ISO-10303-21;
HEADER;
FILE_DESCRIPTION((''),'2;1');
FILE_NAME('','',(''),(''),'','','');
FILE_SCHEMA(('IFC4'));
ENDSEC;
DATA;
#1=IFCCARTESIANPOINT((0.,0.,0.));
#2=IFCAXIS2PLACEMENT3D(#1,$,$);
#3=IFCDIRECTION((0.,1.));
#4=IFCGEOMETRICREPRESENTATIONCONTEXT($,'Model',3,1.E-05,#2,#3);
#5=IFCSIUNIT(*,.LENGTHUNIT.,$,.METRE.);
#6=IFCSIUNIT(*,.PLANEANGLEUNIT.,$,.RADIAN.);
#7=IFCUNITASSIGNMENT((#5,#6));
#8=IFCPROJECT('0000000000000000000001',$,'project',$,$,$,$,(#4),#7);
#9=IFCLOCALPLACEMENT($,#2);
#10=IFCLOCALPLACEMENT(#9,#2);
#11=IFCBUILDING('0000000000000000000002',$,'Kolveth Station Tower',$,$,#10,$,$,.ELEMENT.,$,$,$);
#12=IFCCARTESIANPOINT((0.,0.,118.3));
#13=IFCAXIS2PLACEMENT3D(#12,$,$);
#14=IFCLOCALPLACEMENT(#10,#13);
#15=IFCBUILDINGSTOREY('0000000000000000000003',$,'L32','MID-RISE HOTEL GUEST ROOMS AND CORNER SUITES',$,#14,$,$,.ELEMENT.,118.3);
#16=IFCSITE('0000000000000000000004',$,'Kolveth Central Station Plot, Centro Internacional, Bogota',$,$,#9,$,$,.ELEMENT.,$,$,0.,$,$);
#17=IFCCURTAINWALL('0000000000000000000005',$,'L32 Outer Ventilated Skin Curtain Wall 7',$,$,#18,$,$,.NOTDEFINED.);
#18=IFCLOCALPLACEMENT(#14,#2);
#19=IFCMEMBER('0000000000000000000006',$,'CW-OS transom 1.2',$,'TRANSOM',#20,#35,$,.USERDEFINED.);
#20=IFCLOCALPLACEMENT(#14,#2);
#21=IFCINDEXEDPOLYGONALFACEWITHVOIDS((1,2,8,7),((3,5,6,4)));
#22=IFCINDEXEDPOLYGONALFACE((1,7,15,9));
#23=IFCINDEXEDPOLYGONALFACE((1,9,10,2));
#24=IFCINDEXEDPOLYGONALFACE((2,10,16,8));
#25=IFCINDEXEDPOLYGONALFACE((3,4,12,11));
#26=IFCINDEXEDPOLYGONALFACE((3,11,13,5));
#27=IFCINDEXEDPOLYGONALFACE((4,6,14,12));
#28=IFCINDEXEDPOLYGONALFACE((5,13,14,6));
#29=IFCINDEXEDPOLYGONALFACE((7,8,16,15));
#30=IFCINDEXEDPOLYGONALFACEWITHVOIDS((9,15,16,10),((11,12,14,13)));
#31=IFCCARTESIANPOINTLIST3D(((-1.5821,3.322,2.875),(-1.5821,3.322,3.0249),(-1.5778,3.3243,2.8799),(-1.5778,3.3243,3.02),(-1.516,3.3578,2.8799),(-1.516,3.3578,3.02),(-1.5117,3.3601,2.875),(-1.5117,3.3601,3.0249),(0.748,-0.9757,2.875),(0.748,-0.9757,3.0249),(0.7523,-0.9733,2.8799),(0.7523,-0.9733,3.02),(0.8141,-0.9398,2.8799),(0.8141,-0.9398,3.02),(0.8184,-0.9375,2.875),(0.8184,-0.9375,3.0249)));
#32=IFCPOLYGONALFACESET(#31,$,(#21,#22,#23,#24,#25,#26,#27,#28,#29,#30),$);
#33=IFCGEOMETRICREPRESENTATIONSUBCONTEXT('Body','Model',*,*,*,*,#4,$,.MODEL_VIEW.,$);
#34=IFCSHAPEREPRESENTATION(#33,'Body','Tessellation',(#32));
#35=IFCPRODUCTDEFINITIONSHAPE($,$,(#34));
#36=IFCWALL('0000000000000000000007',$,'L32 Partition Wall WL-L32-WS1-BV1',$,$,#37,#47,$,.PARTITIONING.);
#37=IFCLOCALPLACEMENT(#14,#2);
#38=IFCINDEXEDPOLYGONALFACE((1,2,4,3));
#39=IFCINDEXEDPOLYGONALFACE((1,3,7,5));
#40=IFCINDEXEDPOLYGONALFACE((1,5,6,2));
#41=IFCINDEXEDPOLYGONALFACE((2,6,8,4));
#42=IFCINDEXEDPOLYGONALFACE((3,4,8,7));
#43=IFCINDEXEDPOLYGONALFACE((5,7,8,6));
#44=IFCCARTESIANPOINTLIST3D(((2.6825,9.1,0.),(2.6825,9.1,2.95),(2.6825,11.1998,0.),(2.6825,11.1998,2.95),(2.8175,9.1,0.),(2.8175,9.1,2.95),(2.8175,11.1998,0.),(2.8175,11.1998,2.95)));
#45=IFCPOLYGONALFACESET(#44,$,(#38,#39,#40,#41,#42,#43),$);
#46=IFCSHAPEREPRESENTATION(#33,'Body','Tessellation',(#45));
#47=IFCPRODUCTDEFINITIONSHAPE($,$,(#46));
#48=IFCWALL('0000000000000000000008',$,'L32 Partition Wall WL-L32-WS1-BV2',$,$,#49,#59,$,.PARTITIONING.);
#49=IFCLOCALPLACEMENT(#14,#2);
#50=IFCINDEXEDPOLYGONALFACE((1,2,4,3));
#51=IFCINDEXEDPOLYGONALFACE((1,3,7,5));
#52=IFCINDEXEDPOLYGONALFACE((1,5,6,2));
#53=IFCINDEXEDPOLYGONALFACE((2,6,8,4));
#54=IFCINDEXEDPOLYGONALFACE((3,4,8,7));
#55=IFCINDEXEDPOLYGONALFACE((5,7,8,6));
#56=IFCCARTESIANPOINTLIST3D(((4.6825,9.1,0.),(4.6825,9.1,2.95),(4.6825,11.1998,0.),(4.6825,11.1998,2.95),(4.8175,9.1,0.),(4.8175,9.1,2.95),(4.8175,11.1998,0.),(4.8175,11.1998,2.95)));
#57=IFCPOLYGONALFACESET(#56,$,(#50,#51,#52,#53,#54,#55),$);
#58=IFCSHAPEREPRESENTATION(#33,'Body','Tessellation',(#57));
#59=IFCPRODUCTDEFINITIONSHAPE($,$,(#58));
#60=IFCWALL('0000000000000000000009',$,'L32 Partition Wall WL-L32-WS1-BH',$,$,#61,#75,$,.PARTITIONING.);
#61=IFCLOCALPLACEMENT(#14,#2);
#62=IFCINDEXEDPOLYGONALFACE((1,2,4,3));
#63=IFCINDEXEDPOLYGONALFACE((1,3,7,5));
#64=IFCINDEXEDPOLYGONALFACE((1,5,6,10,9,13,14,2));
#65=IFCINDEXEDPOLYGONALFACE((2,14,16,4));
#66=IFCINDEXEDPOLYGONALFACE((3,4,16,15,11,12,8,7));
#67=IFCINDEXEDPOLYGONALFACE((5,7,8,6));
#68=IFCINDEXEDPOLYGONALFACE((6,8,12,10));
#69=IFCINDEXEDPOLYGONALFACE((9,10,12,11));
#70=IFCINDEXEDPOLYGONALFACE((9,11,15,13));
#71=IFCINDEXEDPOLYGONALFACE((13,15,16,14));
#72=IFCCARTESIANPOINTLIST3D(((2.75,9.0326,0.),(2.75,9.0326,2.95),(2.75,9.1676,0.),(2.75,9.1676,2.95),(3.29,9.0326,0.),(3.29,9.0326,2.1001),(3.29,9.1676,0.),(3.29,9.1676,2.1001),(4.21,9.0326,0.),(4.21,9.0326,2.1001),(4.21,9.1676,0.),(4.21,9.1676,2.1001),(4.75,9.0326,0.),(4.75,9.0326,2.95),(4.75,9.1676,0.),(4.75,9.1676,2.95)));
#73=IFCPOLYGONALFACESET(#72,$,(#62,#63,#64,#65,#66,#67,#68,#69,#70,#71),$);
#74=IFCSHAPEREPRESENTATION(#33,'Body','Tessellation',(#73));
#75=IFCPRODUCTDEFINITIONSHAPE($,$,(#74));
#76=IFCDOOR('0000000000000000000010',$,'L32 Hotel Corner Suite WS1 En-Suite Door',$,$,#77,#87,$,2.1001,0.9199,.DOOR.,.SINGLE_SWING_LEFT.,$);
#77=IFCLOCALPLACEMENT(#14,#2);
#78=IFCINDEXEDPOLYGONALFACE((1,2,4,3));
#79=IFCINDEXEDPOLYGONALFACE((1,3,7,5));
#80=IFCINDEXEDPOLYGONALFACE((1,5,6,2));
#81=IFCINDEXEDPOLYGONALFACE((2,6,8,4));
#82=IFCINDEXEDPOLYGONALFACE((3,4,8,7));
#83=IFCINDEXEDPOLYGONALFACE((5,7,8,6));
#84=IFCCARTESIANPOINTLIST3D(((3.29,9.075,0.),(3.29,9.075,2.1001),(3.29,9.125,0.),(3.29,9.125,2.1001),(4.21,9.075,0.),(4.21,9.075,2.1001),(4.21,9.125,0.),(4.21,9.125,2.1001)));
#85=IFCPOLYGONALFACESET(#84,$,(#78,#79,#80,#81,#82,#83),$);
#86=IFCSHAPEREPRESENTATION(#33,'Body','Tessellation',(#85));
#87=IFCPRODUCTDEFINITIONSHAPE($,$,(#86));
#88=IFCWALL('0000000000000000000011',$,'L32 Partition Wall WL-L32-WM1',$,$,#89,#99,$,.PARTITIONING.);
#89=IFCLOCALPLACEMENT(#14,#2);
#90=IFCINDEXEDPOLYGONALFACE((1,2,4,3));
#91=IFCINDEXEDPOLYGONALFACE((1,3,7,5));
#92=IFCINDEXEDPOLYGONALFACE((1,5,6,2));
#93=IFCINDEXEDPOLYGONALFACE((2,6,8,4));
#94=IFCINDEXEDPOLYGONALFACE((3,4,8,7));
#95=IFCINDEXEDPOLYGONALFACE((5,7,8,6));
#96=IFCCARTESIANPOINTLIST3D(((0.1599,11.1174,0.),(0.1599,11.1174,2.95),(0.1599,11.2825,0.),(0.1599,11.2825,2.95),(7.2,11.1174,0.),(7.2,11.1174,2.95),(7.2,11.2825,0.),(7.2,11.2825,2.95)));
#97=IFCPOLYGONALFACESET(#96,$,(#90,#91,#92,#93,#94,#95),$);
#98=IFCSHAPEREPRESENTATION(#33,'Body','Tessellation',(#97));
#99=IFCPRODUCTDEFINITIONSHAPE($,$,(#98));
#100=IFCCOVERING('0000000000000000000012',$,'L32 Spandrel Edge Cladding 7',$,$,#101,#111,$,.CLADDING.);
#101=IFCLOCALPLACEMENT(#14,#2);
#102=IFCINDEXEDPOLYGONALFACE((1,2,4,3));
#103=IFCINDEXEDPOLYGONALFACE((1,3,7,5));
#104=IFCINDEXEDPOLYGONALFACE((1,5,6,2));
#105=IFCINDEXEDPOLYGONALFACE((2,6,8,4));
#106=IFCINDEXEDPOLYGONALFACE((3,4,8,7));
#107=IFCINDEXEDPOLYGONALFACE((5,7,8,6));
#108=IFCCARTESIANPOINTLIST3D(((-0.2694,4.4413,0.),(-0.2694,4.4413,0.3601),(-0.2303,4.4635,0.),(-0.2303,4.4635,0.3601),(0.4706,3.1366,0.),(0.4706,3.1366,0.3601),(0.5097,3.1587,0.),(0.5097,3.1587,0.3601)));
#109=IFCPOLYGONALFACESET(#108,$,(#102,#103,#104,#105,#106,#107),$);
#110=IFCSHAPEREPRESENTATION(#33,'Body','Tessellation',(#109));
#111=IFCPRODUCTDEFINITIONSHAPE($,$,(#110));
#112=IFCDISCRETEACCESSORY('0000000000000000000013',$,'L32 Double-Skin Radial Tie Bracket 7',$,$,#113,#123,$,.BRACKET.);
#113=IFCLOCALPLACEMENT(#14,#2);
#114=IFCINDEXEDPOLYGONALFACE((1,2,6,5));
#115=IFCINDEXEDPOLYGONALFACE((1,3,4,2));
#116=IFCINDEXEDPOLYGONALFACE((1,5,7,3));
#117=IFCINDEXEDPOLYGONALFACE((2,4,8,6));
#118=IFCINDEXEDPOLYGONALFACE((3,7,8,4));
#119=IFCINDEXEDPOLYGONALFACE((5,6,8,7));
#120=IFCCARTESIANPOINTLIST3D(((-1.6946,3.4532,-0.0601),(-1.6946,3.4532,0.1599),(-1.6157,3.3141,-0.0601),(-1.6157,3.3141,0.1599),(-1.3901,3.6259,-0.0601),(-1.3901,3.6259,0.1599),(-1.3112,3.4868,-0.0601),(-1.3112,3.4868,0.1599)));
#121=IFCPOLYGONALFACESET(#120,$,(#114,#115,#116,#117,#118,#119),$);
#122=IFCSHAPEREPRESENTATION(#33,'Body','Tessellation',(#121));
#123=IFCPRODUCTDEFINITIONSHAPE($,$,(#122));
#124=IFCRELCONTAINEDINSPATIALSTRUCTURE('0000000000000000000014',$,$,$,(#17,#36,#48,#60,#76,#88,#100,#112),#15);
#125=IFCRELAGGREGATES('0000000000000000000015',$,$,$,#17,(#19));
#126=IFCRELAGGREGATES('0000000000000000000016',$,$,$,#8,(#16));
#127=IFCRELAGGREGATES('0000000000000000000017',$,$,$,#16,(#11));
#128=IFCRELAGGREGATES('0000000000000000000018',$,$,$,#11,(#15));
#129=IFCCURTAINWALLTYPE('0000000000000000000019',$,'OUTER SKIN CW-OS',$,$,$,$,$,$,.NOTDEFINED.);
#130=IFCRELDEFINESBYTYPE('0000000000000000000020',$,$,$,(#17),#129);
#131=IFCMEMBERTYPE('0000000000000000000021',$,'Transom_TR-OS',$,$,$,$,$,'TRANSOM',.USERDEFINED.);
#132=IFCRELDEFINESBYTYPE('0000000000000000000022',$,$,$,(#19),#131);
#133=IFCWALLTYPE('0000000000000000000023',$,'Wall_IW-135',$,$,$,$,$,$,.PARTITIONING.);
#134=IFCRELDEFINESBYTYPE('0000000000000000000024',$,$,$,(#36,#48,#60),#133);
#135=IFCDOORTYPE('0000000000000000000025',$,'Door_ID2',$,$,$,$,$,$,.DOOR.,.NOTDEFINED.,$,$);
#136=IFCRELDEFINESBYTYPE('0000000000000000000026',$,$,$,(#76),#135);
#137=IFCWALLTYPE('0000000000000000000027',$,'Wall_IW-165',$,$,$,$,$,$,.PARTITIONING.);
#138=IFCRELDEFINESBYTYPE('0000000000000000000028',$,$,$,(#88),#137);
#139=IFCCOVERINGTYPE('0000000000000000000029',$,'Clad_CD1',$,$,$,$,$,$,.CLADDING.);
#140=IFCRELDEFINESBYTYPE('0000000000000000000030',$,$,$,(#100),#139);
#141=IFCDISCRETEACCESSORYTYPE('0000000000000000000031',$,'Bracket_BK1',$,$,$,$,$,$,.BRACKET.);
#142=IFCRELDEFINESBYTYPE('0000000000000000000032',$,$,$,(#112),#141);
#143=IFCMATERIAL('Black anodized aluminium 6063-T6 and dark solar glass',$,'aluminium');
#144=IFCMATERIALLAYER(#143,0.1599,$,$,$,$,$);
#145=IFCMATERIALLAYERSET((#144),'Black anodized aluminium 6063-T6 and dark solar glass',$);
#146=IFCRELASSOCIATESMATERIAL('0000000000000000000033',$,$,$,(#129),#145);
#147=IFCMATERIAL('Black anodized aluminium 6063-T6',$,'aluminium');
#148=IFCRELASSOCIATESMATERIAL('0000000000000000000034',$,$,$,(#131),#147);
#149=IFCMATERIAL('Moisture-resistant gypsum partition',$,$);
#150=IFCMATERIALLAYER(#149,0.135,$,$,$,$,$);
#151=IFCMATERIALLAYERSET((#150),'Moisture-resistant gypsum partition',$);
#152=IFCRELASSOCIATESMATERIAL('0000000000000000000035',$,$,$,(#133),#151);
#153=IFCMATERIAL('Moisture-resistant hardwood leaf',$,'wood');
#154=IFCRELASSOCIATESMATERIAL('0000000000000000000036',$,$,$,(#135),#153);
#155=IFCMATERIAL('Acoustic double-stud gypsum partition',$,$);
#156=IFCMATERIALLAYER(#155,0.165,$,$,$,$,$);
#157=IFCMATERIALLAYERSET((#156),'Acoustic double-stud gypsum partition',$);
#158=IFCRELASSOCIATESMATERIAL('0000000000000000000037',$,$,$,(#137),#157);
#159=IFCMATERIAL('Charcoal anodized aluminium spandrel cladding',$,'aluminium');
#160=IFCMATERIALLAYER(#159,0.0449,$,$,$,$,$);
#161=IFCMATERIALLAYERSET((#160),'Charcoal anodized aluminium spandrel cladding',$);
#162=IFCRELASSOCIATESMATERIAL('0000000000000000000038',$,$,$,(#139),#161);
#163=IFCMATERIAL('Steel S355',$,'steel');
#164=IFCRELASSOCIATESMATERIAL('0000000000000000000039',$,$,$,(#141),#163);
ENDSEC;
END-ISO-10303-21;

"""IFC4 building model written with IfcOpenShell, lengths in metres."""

from ifc_helpers import new_model, si_unit, direction, frame, frame_2d, origin, origin_2d, place, context, subcontext, project, spatial, rectangle, hollow_rectangle, extrude, source, transform, mapped, material, layer, layer_set, material_profile, profile_set, type_object, element, fill, aggregate, save


model = new_model("IFC4")

# Units and contexts
model_context = context("Model", 3, precision=1e-05, world=origin(), true_north=direction((0.0, 1.0)))
body_context = subcontext(model_context, "Body", "Model", "MODEL_VIEW")
ifc_project = project(units=[si_unit("LENGTHUNIT", "METRE"), si_unit("PLANEANGLEUNIT", "RADIAN")], contexts=[model_context])

# Site, building, storey
site_placement = place(None, origin())
site = spatial("IfcSite", under=ifc_project, at=site_placement, Name="Kolveth Central Station Plot, Centro Internacional, Bogota", CompositionType="ELEMENT", RefElevation=0.0)
building_placement = place(site_placement, origin())
building = spatial("IfcBuilding", under=site, at=building_placement, Name="Kolveth Station Tower", CompositionType="ELEMENT")
storey_placement = place(building_placement, frame((0.0, 0.0, 118.3)))
storey = spatial("IfcBuildingStorey", under=building, at=storey_placement, Name="L32", Description="MID-RISE HOTEL GUEST ROOMS AND CORNER SUITES", CompositionType="ELEMENT", Elevation=118.3)

# Shared definitions
ifc_material_1 = material(Name="Steel S355", Category="steel")

# Shared definitions
ifc_material_2 = material(Name="Black anodized aluminium 6063-T6", Category="aluminium")

# Shared definitions
ifc_material_3 = material(Name="Black anodized aluminium 6063-T6 and dark solar glass", Category="aluminium")
ifc_layer_1 = layer(ifc_material_3, 0.1599)
ifc_layer_set_1 = layer_set([ifc_layer_1], Name="Black anodized aluminium 6063-T6 and dark solar glass")
curtain_wall_type_1 = type_object("IfcCurtainWallType", Name="OUTER SKIN CW-OS", PredefinedType="NOTDEFINED", material=ifc_layer_set_1)

# Curtain wall, member
curtain_wall_1_placement = place(storey_placement, origin())
curtain_wall_1 = element("IfcCurtainWall", 1, at=curtain_wall_1_placement, inside=storey, type_object=curtain_wall_type_1, Name="L32 Outer Ventilated Skin Curtain Wall 7", PredefinedType="NOTDEFINED")
ifc_material_profile_1 = material_profile(ifc_material_2, hollow_rectangle(XDim=0.0801, YDim=0.1499, WallThickness=0.0049, at=origin_2d()), Name="ALU-80x150x5")
ifc_profile_set_1 = profile_set([ifc_material_profile_1], Name="Black anodized aluminium 6063-T6")
member_type_1 = type_object("IfcMemberType", Name="Transom_TR-OS", ElementType="TRANSOM", PredefinedType="USERDEFINED", material=ifc_profile_set_1)
shared_shape_1 = source(origin(), body_context, "Body", "SweptSolid", [
    extrude(hollow_rectangle(XDim=0.0801, YDim=0.1499, WallThickness=0.0049, at=origin_2d()), origin(), (0.0, 0.0, 1.0), 4.8887),
])
member_1_placement = place(storey_placement, frame((-1.5469, 3.3411, 2.95), z_axis=(0.476632, -0.879103, 0.0), x_axis=(0.879103, 0.476632, 0.0)))
member_1 = element("IfcMember", 2, at=member_1_placement, type_object=member_type_1, Name="CW-OS transom 1.2", ObjectType="TRANSOM", PredefinedType="USERDEFINED", context=body_context, shape_type="MappedRepresentation", body=[
    mapped(shared_shape_1, transform((0.0, 0.0, 0.0), x_axis=(1.0, 0.0, 0.0), y_axis=(0.0, 1.0, 0.0), z_axis=(0.0, 0.0, 1.0), scale=1.0)),
])
aggregate(curtain_wall_1, [member_1])

# Walls
ifc_material_4 = material(Name="Moisture-resistant gypsum partition")
ifc_layer_2 = layer(ifc_material_4, 0.135)
ifc_layer_set_2 = layer_set([ifc_layer_2], Name="Moisture-resistant gypsum partition")
wall_type_1 = type_object("IfcWallType", Name="Wall_IW-135", PredefinedType="PARTITIONING", material=ifc_layer_set_2)
for number, where, z_axis, x_axis, name in (
    (3, (2.75, 9.1001, 0.0), (0.0, 0.0, 1.0), (0.0, 1.0, 0.0), "L32 Partition Wall WL-L32-WS1-BV1"),
    (4, (4.75, 9.1001, 0.0), (0.0, 0.0, 1.0), (0.0, 1.0, 0.0), "L32 Partition Wall WL-L32-WS1-BV2"),
):
    element("IfcWall", number, at=place(storey_placement, frame(where, z_axis=z_axis, x_axis=x_axis)), inside=storey, type_object=wall_type_1, Name=name, PredefinedType="PARTITIONING", context=body_context, shape_type="SweptSolid", body=[
        extrude(rectangle(XDim=2.0999, YDim=0.135, at=frame_2d((1.0498, 0.0))), origin(), (0.0, 0.0, 1.0), 2.95),
    ])

# Wall, opening, door
wall_1_placement = place(storey_placement, frame((2.75, 9.1001, 0.0), z_axis=(0.0, 0.0, 1.0), x_axis=(1.0, 0.0, 0.0)))
wall_1 = element("IfcWall", 5, at=wall_1_placement, inside=storey, type_object=wall_type_1, Name="L32 Partition Wall WL-L32-WS1-BH", PredefinedType="PARTITIONING", context=body_context, shape_type="SweptSolid", body=[
    extrude(rectangle(XDim=2.0, YDim=0.135, at=frame_2d((1.0, 0.0))), origin(), (0.0, 0.0, 1.0), 2.95),
])
opening_placement = place(wall_1_placement, frame((0.54, 0.0, 0.0)))
opening = element("IfcOpeningElement", 6, at=opening_placement, cuts=wall_1, PredefinedType="OPENING", context=body_context, shape_type="SweptSolid", body=[
    extrude(rectangle(XDim=0.9199, YDim=2.1001, at=frame_2d((0.46, 1.05))), frame((0.0, 0.0774, 0.0), z_axis=(0.0, -1.0, 0.0), x_axis=(1.0, 0.0, 0.0)), (0.0, 0.0, 1.0), 0.155),
])
ifc_material_5 = material(Name="Moisture-resistant hardwood leaf", Category="wood")
door_type = type_object("IfcDoorType", Name="Door_ID2", OperationType="NOTDEFINED", PredefinedType="DOOR", material=ifc_material_5)
door_placement = place(opening_placement, origin())
door = element("IfcDoor", 7, at=door_placement, inside=storey, type_object=door_type, Name="L32 Hotel Corner Suite WS1 En-Suite Door", OperationType="SINGLE_SWING_LEFT", OverallHeight=2.1001, OverallWidth=0.9199, PredefinedType="DOOR", context=body_context, shape_type="SweptSolid", body=[
    extrude(rectangle(XDim=0.9199, YDim=2.1001, at=frame_2d((0.46, 1.05))), frame((0.0, 0.0249, 0.0), z_axis=(0.0, -1.0, 0.0), x_axis=(1.0, 0.0, 0.0)), (0.0, 0.0, 1.0), 0.05),
])
fill(opening, door)

# Wall
ifc_material_6 = material(Name="Acoustic double-stud gypsum partition")
ifc_layer_3 = layer(ifc_material_6, 0.165)
ifc_layer_set_3 = layer_set([ifc_layer_3], Name="Acoustic double-stud gypsum partition")
wall_type_2 = type_object("IfcWallType", Name="Wall_IW-165", PredefinedType="PARTITIONING", material=ifc_layer_set_3)
wall_2_placement = place(storey_placement, frame((0.1599, 11.2, 0.0), z_axis=(0.0, 0.0, 1.0), x_axis=(1.0, 0.0, 0.0)))
element("IfcWall", 8, at=wall_2_placement, inside=storey, type_object=wall_type_2, Name="L32 Partition Wall WL-L32-WM1", PredefinedType="PARTITIONING", context=body_context, shape_type="SweptSolid", body=[
    extrude(rectangle(XDim=7.04, YDim=0.165, at=frame_2d((3.52, 0.0))), origin(), (0.0, 0.0, 1.0), 2.95),
])

# Covering
ifc_material_7 = material(Name="Charcoal anodized aluminium spandrel cladding", Category="aluminium")
ifc_layer_4 = layer(ifc_material_7, 0.0449)
ifc_layer_set_4 = layer_set([ifc_layer_4], Name="Charcoal anodized aluminium spandrel cladding")
covering_type = type_object("IfcCoveringType", Name="Clad_CD1", PredefinedType="CLADDING", material=ifc_layer_set_4)
shared_shape_2 = source(origin(), body_context, "Body", "SweptSolid", [
    extrude(rectangle(XDim=1.5, YDim=0.0449, at=origin_2d()), origin(), (0.0, 0.0, 1.0), 0.3601),
])
covering_placement = place(storey_placement, frame((0.1201, 3.8, 0.0), z_axis=(0.0, 0.0, 1.0), x_axis=(0.493335, -0.86984, 0.0)))
element("IfcCovering", 9, at=covering_placement, inside=storey, type_object=covering_type, Name="L32 Spandrel Edge Cladding 7", PredefinedType="CLADDING", context=body_context, shape_type="MappedRepresentation", body=[
    mapped(shared_shape_2, transform((0.0, 0.0, 0.0), x_axis=(1.0, 0.0, 0.0), y_axis=(0.0, 1.0, 0.0), z_axis=(0.0, 0.0, 1.0), scale=1.0)),
])

# Discrete accessory
discrete_accessory_type = type_object("IfcDiscreteAccessoryType", Name="Bracket_BK1", PredefinedType="BRACKET", material=ifc_material_1)
shared_shape_3 = source(origin(), body_context, "Body", "SweptSolid", [
    extrude(rectangle(XDim=0.3501, YDim=0.1599, at=origin_2d()), origin(), (0.0, 0.0, 1.0), 0.22),
])
discrete_accessory_placement = place(storey_placement, frame((-1.5029, 3.47, -0.0601), z_axis=(0.0, 0.0, 1.0), x_axis=(-0.86984, -0.493335, 0.0)))
element("IfcDiscreteAccessory", 10, at=discrete_accessory_placement, inside=storey, type_object=discrete_accessory_type, Name="L32 Double-Skin Radial Tie Bracket 7", PredefinedType="BRACKET", context=body_context, shape_type="MappedRepresentation", body=[
    mapped(shared_shape_3, transform((0.0, 0.0, 0.0), x_axis=(1.0, 0.0, 0.0), y_axis=(0.0, 1.0, 0.0), z_axis=(0.0, 0.0, 1.0), scale=1.0)),
])

save(model, "model.ifc")
